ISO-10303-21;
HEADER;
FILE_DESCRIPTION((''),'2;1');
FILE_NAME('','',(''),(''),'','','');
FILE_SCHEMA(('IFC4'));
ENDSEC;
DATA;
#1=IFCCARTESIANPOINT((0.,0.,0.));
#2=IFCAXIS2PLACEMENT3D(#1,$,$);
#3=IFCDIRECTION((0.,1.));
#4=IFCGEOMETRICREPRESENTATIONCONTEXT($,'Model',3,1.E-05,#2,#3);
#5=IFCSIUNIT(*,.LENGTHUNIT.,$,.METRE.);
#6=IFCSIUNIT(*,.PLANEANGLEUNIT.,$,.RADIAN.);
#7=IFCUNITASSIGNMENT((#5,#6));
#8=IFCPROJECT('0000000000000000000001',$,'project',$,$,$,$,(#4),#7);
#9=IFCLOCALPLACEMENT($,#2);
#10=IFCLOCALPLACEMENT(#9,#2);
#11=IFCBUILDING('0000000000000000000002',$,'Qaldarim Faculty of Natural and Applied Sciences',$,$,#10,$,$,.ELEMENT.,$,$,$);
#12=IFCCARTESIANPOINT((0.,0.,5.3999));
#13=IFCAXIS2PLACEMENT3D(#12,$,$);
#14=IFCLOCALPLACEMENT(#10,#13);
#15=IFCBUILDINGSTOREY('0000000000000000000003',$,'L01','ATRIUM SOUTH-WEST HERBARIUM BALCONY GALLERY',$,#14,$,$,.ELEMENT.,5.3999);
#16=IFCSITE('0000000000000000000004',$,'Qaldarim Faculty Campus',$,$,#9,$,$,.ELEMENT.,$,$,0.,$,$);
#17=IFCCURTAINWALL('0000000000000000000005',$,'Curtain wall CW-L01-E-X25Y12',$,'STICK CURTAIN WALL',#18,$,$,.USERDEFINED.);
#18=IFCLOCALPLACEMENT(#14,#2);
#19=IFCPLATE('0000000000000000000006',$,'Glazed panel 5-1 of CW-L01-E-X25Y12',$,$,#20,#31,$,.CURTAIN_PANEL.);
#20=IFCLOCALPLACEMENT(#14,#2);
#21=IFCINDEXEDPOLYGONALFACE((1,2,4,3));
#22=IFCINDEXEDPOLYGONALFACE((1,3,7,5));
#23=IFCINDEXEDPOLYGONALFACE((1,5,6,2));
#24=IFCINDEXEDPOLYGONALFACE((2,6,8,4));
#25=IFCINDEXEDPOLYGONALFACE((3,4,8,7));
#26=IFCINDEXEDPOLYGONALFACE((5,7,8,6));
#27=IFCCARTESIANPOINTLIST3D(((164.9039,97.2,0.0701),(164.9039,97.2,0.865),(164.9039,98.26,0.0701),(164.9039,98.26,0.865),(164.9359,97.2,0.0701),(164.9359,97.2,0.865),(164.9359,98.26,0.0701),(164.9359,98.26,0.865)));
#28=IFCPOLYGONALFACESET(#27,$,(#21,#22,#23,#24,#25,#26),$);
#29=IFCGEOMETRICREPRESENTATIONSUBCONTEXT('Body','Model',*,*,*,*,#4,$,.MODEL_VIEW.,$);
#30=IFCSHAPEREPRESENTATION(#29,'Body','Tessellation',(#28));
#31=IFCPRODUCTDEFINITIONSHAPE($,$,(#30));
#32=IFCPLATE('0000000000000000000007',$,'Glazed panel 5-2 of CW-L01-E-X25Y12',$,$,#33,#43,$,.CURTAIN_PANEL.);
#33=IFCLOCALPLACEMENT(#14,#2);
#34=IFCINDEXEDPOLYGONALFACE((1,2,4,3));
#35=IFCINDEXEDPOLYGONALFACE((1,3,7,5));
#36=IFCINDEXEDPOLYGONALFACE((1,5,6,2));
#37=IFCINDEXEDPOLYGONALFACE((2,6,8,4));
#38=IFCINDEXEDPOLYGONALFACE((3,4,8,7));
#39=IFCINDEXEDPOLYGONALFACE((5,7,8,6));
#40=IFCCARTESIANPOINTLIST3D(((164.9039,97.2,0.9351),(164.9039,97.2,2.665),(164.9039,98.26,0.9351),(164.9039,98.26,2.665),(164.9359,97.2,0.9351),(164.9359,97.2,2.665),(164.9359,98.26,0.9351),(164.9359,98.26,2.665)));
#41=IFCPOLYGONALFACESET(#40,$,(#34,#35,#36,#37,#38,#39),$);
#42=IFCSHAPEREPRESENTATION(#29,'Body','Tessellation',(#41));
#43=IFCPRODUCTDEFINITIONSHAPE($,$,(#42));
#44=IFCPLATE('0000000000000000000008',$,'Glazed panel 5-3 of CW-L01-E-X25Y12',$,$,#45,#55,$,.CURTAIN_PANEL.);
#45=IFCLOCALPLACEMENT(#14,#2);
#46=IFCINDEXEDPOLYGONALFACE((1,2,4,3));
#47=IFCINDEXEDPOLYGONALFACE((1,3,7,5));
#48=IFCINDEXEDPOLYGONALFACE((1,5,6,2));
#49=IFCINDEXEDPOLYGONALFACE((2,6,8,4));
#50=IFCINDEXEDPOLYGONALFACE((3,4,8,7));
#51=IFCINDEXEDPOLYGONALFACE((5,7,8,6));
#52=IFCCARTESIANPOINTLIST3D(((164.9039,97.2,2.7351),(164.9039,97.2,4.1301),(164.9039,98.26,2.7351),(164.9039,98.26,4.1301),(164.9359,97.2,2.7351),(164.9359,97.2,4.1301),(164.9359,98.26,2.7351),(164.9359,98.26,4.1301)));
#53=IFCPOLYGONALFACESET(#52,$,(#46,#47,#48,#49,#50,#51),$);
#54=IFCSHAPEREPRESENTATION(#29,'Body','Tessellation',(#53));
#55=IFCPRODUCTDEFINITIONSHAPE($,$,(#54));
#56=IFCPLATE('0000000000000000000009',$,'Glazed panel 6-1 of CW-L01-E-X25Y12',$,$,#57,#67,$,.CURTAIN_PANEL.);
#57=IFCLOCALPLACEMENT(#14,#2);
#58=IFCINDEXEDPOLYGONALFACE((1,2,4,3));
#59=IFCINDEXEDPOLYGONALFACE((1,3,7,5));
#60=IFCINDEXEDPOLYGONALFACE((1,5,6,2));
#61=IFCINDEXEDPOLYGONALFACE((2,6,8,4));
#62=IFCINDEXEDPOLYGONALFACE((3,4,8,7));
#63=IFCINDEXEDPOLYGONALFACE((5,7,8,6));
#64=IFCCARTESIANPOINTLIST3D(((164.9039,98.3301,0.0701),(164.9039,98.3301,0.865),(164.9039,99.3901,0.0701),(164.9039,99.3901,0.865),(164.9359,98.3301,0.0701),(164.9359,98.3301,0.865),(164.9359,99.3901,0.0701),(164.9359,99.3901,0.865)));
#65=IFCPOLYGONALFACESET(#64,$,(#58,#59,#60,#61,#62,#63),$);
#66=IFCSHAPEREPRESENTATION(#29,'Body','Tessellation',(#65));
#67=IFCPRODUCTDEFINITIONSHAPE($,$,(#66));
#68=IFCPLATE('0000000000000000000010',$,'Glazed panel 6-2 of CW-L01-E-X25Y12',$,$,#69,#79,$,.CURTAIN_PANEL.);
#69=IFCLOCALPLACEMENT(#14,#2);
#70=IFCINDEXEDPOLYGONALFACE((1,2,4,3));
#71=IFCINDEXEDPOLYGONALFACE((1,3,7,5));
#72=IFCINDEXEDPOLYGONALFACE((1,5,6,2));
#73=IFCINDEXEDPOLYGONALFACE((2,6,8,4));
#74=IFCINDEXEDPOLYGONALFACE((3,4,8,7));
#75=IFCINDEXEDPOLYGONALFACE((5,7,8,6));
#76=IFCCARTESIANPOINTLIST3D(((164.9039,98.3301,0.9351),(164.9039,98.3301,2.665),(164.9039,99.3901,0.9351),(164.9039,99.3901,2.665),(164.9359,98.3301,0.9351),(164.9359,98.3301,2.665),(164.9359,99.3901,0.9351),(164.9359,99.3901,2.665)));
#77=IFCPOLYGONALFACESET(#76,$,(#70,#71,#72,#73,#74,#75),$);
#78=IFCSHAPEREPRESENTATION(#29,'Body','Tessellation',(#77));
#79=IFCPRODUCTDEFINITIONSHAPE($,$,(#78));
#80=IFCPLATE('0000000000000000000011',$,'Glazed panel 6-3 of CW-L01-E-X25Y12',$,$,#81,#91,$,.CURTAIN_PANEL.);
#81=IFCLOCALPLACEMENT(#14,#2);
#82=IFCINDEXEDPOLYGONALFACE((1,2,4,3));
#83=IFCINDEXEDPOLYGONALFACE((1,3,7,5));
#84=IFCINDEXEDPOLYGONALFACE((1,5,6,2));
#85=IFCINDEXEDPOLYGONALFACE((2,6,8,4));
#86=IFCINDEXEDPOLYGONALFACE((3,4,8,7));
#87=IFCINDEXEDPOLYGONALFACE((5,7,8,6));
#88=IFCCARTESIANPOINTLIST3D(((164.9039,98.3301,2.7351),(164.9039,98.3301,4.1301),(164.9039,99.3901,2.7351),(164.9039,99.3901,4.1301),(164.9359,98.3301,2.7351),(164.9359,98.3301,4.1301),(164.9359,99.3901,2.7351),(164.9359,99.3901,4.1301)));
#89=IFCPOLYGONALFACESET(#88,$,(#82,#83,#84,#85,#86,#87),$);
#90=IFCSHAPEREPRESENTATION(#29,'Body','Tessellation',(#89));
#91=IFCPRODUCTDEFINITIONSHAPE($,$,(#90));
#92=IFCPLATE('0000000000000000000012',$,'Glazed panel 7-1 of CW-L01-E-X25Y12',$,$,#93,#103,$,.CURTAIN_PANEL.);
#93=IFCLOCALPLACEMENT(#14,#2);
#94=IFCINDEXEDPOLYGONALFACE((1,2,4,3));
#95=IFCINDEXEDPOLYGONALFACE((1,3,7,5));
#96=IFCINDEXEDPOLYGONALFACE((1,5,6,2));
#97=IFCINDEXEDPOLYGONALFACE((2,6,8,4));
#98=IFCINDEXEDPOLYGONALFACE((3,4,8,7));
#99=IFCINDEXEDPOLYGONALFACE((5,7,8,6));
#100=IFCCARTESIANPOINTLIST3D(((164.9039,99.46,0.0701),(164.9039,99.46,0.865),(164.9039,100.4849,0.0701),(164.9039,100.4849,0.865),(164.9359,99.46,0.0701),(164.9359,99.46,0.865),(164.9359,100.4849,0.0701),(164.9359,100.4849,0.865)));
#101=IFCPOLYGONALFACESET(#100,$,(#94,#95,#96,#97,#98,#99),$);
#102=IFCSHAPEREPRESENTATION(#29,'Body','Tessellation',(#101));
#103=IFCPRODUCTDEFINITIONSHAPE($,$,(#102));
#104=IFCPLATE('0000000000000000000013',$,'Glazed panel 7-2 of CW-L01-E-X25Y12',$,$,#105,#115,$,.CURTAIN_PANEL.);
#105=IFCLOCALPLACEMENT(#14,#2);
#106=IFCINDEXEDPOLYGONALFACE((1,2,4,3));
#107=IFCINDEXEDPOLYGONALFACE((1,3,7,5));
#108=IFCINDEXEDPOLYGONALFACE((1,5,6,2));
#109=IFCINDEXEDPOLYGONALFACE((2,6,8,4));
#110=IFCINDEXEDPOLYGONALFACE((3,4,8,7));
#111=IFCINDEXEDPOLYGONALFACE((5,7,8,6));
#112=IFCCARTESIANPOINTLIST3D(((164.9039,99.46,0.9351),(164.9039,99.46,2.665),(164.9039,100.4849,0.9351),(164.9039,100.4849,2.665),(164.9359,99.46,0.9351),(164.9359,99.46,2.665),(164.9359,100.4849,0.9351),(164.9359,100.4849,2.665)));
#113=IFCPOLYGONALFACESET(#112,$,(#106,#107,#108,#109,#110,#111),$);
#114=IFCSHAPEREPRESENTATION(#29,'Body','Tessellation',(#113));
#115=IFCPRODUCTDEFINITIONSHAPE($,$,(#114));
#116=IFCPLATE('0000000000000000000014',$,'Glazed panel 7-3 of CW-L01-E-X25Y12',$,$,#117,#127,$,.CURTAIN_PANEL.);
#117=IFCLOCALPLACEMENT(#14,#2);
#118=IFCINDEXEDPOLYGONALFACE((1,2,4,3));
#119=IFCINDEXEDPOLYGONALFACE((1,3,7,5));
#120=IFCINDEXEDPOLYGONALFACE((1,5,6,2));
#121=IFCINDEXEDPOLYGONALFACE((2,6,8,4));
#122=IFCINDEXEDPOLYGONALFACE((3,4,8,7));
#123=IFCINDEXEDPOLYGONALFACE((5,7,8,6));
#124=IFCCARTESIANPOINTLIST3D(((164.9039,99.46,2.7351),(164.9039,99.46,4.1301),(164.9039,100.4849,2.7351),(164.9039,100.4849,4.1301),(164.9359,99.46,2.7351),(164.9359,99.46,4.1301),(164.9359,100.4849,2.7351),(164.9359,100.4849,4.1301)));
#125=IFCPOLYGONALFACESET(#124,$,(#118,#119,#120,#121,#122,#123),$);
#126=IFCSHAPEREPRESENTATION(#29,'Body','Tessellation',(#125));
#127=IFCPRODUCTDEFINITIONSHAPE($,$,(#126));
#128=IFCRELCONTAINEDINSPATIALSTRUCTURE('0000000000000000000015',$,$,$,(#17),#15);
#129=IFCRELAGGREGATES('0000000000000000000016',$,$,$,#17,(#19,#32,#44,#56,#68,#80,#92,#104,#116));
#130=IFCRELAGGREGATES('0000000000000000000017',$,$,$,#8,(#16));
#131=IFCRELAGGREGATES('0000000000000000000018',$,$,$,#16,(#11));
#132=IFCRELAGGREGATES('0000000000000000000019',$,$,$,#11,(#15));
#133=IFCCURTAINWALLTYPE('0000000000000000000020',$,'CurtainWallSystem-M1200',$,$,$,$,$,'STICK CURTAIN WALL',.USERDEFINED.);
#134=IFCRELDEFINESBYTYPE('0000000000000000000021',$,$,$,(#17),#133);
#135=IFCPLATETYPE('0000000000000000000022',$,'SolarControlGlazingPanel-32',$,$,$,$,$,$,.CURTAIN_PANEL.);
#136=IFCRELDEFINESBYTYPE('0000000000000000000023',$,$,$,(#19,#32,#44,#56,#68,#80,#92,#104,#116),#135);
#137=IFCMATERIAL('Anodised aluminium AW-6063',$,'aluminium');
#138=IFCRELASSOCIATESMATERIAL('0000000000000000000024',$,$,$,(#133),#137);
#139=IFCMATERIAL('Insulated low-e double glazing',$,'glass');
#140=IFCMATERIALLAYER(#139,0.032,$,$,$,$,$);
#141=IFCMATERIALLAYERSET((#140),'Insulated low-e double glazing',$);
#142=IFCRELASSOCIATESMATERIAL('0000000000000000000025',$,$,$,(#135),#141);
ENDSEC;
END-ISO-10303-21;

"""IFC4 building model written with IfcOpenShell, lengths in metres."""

from ifc_helpers import new_model, si_unit, direction, frame, origin, origin_2d, place, context, subcontext, project, spatial, rectangle, extrude, material, layer, layer_set, type_object, element, aggregate, save


model = new_model("IFC4")

# Units and contexts
model_context = context("Model", 3, precision=1e-05, world=origin(), true_north=direction((0.0, 1.0)))
body_context = subcontext(model_context, "Body", "Model", "MODEL_VIEW")
ifc_project = project(units=[si_unit("LENGTHUNIT", "METRE"), si_unit("PLANEANGLEUNIT", "RADIAN")], contexts=[model_context])

# Site, building, storey
site_placement = place(None, origin())
site = spatial("IfcSite", under=ifc_project, at=site_placement, Name="Qaldarim Faculty Campus", CompositionType="ELEMENT", RefElevation=0.0)
building_placement = place(site_placement, origin())
building = spatial("IfcBuilding", under=site, at=building_placement, Name="Qaldarim Faculty of Natural and Applied Sciences", CompositionType="ELEMENT")
storey_placement = place(building_placement, frame((0.0, 0.0, 5.3999)))
storey = spatial("IfcBuildingStorey", under=building, at=storey_placement, Name="L01", Description="ATRIUM SOUTH-WEST HERBARIUM BALCONY GALLERY", CompositionType="ELEMENT", Elevation=5.3999)

# Curtain wall, plates
ifc_material_1 = material(Name="Anodised aluminium AW-6063", Category="aluminium")
curtain_wall_type = type_object("IfcCurtainWallType", Name="CurtainWallSystem-M1200", ElementType="STICK CURTAIN WALL", PredefinedType="USERDEFINED", material=ifc_material_1)
curtain_wall_placement = place(storey_placement, origin())
curtain_wall = element("IfcCurtainWall", 1, at=curtain_wall_placement, inside=storey, type_object=curtain_wall_type, Name="Curtain wall CW-L01-E-X25Y12", ObjectType="STICK CURTAIN WALL", PredefinedType="USERDEFINED")
ifc_material_2 = material(Name="Insulated low-e double glazing", Category="glass")
ifc_layer = layer(ifc_material_2, 0.032)
ifc_layer_set = layer_set([ifc_layer], Name="Insulated low-e double glazing")
plate_type = type_object("IfcPlateType", Name="SolarControlGlazingPanel-32", PredefinedType="CURTAIN_PANEL", material=ifc_layer_set)
plate_1_placement = place(storey_placement, frame((164.9199, 97.73, 0.0701), z_axis=(0.0, 0.0, 1.0), x_axis=(0.0, 1.0, 0.0)))
plate_1 = element("IfcPlate", 2, at=plate_1_placement, type_object=plate_type, Name="Glazed panel 5-1 of CW-L01-E-X25Y12", PredefinedType="CURTAIN_PANEL", context=body_context, shape_type="SweptSolid", body=[
    extrude(rectangle(XDim=1.0601, YDim=0.032, at=origin_2d()), origin(), (0.0, 0.0, 1.0), 0.7949),
])
plate_2_placement = place(storey_placement, frame((164.9199, 97.73, 0.9351), z_axis=(0.0, 0.0, 1.0), x_axis=(0.0, 1.0, 0.0)))
plate_2 = element("IfcPlate", 3, at=plate_2_placement, type_object=plate_type, Name="Glazed panel 5-2 of CW-L01-E-X25Y12", PredefinedType="CURTAIN_PANEL", context=body_context, shape_type="SweptSolid", body=[
    extrude(rectangle(XDim=1.0601, YDim=0.032, at=origin_2d()), origin(), (0.0, 0.0, 1.0), 1.73),
])
plate_3_placement = place(storey_placement, frame((164.9199, 97.73, 2.7351), z_axis=(0.0, 0.0, 1.0), x_axis=(0.0, 1.0, 0.0)))
plate_3 = element("IfcPlate", 4, at=plate_3_placement, type_object=plate_type, Name="Glazed panel 5-3 of CW-L01-E-X25Y12", PredefinedType="CURTAIN_PANEL", context=body_context, shape_type="SweptSolid", body=[
    extrude(rectangle(XDim=1.0601, YDim=0.032, at=origin_2d()), origin(), (0.0, 0.0, 1.0), 1.395),
])
plate_4_placement = place(storey_placement, frame((164.9199, 98.8601, 0.0701), z_axis=(0.0, 0.0, 1.0), x_axis=(0.0, 1.0, 0.0)))
plate_4 = element("IfcPlate", 5, at=plate_4_placement, type_object=plate_type, Name="Glazed panel 6-1 of CW-L01-E-X25Y12", PredefinedType="CURTAIN_PANEL", context=body_context, shape_type="SweptSolid", body=[
    extrude(rectangle(XDim=1.0601, YDim=0.032, at=origin_2d()), origin(), (0.0, 0.0, 1.0), 0.7949),
])
plate_5_placement = place(storey_placement, frame((164.9199, 98.8601, 0.9351), z_axis=(0.0, 0.0, 1.0), x_axis=(0.0, 1.0, 0.0)))
plate_5 = element("IfcPlate", 6, at=plate_5_placement, type_object=plate_type, Name="Glazed panel 6-2 of CW-L01-E-X25Y12", PredefinedType="CURTAIN_PANEL", context=body_context, shape_type="SweptSolid", body=[
    extrude(rectangle(XDim=1.0601, YDim=0.032, at=origin_2d()), origin(), (0.0, 0.0, 1.0), 1.73),
])
plate_6_placement = place(storey_placement, frame((164.9199, 98.8601, 2.7351), z_axis=(0.0, 0.0, 1.0), x_axis=(0.0, 1.0, 0.0)))
plate_6 = element("IfcPlate", 7, at=plate_6_placement, type_object=plate_type, Name="Glazed panel 6-3 of CW-L01-E-X25Y12", PredefinedType="CURTAIN_PANEL", context=body_context, shape_type="SweptSolid", body=[
    extrude(rectangle(XDim=1.0601, YDim=0.032, at=origin_2d()), origin(), (0.0, 0.0, 1.0), 1.395),
])
plate_7_placement = place(storey_placement, frame((164.9199, 99.9724, 0.0701), z_axis=(0.0, 0.0, 1.0), x_axis=(0.0, 1.0, 0.0)))
plate_7 = element("IfcPlate", 8, at=plate_7_placement, type_object=plate_type, Name="Glazed panel 7-1 of CW-L01-E-X25Y12", PredefinedType="CURTAIN_PANEL", context=body_context, shape_type="SweptSolid", body=[
    extrude(rectangle(XDim=1.0249, YDim=0.032, at=origin_2d()), origin(), (0.0, 0.0, 1.0), 0.7949),
])
plate_8_placement = place(storey_placement, frame((164.9199, 99.9724, 0.9351), z_axis=(0.0, 0.0, 1.0), x_axis=(0.0, 1.0, 0.0)))
plate_8 = element("IfcPlate", 9, at=plate_8_placement, type_object=plate_type, Name="Glazed panel 7-2 of CW-L01-E-X25Y12", PredefinedType="CURTAIN_PANEL", context=body_context, shape_type="SweptSolid", body=[
    extrude(rectangle(XDim=1.0249, YDim=0.032, at=origin_2d()), origin(), (0.0, 0.0, 1.0), 1.73),
])
plate_9_placement = place(storey_placement, frame((164.9199, 99.9724, 2.7351), z_axis=(0.0, 0.0, 1.0), x_axis=(0.0, 1.0, 0.0)))
plate_9 = element("IfcPlate", 10, at=plate_9_placement, type_object=plate_type, Name="Glazed panel 7-3 of CW-L01-E-X25Y12", PredefinedType="CURTAIN_PANEL", context=body_context, shape_type="SweptSolid", body=[
    extrude(rectangle(XDim=1.0249, YDim=0.032, at=origin_2d()), origin(), (0.0, 0.0, 1.0), 1.395),
])
aggregate(curtain_wall, [plate_1, plate_2, plate_3, plate_4, plate_5, plate_6, plate_7, plate_8, plate_9])

save(model, "model.ifc")
